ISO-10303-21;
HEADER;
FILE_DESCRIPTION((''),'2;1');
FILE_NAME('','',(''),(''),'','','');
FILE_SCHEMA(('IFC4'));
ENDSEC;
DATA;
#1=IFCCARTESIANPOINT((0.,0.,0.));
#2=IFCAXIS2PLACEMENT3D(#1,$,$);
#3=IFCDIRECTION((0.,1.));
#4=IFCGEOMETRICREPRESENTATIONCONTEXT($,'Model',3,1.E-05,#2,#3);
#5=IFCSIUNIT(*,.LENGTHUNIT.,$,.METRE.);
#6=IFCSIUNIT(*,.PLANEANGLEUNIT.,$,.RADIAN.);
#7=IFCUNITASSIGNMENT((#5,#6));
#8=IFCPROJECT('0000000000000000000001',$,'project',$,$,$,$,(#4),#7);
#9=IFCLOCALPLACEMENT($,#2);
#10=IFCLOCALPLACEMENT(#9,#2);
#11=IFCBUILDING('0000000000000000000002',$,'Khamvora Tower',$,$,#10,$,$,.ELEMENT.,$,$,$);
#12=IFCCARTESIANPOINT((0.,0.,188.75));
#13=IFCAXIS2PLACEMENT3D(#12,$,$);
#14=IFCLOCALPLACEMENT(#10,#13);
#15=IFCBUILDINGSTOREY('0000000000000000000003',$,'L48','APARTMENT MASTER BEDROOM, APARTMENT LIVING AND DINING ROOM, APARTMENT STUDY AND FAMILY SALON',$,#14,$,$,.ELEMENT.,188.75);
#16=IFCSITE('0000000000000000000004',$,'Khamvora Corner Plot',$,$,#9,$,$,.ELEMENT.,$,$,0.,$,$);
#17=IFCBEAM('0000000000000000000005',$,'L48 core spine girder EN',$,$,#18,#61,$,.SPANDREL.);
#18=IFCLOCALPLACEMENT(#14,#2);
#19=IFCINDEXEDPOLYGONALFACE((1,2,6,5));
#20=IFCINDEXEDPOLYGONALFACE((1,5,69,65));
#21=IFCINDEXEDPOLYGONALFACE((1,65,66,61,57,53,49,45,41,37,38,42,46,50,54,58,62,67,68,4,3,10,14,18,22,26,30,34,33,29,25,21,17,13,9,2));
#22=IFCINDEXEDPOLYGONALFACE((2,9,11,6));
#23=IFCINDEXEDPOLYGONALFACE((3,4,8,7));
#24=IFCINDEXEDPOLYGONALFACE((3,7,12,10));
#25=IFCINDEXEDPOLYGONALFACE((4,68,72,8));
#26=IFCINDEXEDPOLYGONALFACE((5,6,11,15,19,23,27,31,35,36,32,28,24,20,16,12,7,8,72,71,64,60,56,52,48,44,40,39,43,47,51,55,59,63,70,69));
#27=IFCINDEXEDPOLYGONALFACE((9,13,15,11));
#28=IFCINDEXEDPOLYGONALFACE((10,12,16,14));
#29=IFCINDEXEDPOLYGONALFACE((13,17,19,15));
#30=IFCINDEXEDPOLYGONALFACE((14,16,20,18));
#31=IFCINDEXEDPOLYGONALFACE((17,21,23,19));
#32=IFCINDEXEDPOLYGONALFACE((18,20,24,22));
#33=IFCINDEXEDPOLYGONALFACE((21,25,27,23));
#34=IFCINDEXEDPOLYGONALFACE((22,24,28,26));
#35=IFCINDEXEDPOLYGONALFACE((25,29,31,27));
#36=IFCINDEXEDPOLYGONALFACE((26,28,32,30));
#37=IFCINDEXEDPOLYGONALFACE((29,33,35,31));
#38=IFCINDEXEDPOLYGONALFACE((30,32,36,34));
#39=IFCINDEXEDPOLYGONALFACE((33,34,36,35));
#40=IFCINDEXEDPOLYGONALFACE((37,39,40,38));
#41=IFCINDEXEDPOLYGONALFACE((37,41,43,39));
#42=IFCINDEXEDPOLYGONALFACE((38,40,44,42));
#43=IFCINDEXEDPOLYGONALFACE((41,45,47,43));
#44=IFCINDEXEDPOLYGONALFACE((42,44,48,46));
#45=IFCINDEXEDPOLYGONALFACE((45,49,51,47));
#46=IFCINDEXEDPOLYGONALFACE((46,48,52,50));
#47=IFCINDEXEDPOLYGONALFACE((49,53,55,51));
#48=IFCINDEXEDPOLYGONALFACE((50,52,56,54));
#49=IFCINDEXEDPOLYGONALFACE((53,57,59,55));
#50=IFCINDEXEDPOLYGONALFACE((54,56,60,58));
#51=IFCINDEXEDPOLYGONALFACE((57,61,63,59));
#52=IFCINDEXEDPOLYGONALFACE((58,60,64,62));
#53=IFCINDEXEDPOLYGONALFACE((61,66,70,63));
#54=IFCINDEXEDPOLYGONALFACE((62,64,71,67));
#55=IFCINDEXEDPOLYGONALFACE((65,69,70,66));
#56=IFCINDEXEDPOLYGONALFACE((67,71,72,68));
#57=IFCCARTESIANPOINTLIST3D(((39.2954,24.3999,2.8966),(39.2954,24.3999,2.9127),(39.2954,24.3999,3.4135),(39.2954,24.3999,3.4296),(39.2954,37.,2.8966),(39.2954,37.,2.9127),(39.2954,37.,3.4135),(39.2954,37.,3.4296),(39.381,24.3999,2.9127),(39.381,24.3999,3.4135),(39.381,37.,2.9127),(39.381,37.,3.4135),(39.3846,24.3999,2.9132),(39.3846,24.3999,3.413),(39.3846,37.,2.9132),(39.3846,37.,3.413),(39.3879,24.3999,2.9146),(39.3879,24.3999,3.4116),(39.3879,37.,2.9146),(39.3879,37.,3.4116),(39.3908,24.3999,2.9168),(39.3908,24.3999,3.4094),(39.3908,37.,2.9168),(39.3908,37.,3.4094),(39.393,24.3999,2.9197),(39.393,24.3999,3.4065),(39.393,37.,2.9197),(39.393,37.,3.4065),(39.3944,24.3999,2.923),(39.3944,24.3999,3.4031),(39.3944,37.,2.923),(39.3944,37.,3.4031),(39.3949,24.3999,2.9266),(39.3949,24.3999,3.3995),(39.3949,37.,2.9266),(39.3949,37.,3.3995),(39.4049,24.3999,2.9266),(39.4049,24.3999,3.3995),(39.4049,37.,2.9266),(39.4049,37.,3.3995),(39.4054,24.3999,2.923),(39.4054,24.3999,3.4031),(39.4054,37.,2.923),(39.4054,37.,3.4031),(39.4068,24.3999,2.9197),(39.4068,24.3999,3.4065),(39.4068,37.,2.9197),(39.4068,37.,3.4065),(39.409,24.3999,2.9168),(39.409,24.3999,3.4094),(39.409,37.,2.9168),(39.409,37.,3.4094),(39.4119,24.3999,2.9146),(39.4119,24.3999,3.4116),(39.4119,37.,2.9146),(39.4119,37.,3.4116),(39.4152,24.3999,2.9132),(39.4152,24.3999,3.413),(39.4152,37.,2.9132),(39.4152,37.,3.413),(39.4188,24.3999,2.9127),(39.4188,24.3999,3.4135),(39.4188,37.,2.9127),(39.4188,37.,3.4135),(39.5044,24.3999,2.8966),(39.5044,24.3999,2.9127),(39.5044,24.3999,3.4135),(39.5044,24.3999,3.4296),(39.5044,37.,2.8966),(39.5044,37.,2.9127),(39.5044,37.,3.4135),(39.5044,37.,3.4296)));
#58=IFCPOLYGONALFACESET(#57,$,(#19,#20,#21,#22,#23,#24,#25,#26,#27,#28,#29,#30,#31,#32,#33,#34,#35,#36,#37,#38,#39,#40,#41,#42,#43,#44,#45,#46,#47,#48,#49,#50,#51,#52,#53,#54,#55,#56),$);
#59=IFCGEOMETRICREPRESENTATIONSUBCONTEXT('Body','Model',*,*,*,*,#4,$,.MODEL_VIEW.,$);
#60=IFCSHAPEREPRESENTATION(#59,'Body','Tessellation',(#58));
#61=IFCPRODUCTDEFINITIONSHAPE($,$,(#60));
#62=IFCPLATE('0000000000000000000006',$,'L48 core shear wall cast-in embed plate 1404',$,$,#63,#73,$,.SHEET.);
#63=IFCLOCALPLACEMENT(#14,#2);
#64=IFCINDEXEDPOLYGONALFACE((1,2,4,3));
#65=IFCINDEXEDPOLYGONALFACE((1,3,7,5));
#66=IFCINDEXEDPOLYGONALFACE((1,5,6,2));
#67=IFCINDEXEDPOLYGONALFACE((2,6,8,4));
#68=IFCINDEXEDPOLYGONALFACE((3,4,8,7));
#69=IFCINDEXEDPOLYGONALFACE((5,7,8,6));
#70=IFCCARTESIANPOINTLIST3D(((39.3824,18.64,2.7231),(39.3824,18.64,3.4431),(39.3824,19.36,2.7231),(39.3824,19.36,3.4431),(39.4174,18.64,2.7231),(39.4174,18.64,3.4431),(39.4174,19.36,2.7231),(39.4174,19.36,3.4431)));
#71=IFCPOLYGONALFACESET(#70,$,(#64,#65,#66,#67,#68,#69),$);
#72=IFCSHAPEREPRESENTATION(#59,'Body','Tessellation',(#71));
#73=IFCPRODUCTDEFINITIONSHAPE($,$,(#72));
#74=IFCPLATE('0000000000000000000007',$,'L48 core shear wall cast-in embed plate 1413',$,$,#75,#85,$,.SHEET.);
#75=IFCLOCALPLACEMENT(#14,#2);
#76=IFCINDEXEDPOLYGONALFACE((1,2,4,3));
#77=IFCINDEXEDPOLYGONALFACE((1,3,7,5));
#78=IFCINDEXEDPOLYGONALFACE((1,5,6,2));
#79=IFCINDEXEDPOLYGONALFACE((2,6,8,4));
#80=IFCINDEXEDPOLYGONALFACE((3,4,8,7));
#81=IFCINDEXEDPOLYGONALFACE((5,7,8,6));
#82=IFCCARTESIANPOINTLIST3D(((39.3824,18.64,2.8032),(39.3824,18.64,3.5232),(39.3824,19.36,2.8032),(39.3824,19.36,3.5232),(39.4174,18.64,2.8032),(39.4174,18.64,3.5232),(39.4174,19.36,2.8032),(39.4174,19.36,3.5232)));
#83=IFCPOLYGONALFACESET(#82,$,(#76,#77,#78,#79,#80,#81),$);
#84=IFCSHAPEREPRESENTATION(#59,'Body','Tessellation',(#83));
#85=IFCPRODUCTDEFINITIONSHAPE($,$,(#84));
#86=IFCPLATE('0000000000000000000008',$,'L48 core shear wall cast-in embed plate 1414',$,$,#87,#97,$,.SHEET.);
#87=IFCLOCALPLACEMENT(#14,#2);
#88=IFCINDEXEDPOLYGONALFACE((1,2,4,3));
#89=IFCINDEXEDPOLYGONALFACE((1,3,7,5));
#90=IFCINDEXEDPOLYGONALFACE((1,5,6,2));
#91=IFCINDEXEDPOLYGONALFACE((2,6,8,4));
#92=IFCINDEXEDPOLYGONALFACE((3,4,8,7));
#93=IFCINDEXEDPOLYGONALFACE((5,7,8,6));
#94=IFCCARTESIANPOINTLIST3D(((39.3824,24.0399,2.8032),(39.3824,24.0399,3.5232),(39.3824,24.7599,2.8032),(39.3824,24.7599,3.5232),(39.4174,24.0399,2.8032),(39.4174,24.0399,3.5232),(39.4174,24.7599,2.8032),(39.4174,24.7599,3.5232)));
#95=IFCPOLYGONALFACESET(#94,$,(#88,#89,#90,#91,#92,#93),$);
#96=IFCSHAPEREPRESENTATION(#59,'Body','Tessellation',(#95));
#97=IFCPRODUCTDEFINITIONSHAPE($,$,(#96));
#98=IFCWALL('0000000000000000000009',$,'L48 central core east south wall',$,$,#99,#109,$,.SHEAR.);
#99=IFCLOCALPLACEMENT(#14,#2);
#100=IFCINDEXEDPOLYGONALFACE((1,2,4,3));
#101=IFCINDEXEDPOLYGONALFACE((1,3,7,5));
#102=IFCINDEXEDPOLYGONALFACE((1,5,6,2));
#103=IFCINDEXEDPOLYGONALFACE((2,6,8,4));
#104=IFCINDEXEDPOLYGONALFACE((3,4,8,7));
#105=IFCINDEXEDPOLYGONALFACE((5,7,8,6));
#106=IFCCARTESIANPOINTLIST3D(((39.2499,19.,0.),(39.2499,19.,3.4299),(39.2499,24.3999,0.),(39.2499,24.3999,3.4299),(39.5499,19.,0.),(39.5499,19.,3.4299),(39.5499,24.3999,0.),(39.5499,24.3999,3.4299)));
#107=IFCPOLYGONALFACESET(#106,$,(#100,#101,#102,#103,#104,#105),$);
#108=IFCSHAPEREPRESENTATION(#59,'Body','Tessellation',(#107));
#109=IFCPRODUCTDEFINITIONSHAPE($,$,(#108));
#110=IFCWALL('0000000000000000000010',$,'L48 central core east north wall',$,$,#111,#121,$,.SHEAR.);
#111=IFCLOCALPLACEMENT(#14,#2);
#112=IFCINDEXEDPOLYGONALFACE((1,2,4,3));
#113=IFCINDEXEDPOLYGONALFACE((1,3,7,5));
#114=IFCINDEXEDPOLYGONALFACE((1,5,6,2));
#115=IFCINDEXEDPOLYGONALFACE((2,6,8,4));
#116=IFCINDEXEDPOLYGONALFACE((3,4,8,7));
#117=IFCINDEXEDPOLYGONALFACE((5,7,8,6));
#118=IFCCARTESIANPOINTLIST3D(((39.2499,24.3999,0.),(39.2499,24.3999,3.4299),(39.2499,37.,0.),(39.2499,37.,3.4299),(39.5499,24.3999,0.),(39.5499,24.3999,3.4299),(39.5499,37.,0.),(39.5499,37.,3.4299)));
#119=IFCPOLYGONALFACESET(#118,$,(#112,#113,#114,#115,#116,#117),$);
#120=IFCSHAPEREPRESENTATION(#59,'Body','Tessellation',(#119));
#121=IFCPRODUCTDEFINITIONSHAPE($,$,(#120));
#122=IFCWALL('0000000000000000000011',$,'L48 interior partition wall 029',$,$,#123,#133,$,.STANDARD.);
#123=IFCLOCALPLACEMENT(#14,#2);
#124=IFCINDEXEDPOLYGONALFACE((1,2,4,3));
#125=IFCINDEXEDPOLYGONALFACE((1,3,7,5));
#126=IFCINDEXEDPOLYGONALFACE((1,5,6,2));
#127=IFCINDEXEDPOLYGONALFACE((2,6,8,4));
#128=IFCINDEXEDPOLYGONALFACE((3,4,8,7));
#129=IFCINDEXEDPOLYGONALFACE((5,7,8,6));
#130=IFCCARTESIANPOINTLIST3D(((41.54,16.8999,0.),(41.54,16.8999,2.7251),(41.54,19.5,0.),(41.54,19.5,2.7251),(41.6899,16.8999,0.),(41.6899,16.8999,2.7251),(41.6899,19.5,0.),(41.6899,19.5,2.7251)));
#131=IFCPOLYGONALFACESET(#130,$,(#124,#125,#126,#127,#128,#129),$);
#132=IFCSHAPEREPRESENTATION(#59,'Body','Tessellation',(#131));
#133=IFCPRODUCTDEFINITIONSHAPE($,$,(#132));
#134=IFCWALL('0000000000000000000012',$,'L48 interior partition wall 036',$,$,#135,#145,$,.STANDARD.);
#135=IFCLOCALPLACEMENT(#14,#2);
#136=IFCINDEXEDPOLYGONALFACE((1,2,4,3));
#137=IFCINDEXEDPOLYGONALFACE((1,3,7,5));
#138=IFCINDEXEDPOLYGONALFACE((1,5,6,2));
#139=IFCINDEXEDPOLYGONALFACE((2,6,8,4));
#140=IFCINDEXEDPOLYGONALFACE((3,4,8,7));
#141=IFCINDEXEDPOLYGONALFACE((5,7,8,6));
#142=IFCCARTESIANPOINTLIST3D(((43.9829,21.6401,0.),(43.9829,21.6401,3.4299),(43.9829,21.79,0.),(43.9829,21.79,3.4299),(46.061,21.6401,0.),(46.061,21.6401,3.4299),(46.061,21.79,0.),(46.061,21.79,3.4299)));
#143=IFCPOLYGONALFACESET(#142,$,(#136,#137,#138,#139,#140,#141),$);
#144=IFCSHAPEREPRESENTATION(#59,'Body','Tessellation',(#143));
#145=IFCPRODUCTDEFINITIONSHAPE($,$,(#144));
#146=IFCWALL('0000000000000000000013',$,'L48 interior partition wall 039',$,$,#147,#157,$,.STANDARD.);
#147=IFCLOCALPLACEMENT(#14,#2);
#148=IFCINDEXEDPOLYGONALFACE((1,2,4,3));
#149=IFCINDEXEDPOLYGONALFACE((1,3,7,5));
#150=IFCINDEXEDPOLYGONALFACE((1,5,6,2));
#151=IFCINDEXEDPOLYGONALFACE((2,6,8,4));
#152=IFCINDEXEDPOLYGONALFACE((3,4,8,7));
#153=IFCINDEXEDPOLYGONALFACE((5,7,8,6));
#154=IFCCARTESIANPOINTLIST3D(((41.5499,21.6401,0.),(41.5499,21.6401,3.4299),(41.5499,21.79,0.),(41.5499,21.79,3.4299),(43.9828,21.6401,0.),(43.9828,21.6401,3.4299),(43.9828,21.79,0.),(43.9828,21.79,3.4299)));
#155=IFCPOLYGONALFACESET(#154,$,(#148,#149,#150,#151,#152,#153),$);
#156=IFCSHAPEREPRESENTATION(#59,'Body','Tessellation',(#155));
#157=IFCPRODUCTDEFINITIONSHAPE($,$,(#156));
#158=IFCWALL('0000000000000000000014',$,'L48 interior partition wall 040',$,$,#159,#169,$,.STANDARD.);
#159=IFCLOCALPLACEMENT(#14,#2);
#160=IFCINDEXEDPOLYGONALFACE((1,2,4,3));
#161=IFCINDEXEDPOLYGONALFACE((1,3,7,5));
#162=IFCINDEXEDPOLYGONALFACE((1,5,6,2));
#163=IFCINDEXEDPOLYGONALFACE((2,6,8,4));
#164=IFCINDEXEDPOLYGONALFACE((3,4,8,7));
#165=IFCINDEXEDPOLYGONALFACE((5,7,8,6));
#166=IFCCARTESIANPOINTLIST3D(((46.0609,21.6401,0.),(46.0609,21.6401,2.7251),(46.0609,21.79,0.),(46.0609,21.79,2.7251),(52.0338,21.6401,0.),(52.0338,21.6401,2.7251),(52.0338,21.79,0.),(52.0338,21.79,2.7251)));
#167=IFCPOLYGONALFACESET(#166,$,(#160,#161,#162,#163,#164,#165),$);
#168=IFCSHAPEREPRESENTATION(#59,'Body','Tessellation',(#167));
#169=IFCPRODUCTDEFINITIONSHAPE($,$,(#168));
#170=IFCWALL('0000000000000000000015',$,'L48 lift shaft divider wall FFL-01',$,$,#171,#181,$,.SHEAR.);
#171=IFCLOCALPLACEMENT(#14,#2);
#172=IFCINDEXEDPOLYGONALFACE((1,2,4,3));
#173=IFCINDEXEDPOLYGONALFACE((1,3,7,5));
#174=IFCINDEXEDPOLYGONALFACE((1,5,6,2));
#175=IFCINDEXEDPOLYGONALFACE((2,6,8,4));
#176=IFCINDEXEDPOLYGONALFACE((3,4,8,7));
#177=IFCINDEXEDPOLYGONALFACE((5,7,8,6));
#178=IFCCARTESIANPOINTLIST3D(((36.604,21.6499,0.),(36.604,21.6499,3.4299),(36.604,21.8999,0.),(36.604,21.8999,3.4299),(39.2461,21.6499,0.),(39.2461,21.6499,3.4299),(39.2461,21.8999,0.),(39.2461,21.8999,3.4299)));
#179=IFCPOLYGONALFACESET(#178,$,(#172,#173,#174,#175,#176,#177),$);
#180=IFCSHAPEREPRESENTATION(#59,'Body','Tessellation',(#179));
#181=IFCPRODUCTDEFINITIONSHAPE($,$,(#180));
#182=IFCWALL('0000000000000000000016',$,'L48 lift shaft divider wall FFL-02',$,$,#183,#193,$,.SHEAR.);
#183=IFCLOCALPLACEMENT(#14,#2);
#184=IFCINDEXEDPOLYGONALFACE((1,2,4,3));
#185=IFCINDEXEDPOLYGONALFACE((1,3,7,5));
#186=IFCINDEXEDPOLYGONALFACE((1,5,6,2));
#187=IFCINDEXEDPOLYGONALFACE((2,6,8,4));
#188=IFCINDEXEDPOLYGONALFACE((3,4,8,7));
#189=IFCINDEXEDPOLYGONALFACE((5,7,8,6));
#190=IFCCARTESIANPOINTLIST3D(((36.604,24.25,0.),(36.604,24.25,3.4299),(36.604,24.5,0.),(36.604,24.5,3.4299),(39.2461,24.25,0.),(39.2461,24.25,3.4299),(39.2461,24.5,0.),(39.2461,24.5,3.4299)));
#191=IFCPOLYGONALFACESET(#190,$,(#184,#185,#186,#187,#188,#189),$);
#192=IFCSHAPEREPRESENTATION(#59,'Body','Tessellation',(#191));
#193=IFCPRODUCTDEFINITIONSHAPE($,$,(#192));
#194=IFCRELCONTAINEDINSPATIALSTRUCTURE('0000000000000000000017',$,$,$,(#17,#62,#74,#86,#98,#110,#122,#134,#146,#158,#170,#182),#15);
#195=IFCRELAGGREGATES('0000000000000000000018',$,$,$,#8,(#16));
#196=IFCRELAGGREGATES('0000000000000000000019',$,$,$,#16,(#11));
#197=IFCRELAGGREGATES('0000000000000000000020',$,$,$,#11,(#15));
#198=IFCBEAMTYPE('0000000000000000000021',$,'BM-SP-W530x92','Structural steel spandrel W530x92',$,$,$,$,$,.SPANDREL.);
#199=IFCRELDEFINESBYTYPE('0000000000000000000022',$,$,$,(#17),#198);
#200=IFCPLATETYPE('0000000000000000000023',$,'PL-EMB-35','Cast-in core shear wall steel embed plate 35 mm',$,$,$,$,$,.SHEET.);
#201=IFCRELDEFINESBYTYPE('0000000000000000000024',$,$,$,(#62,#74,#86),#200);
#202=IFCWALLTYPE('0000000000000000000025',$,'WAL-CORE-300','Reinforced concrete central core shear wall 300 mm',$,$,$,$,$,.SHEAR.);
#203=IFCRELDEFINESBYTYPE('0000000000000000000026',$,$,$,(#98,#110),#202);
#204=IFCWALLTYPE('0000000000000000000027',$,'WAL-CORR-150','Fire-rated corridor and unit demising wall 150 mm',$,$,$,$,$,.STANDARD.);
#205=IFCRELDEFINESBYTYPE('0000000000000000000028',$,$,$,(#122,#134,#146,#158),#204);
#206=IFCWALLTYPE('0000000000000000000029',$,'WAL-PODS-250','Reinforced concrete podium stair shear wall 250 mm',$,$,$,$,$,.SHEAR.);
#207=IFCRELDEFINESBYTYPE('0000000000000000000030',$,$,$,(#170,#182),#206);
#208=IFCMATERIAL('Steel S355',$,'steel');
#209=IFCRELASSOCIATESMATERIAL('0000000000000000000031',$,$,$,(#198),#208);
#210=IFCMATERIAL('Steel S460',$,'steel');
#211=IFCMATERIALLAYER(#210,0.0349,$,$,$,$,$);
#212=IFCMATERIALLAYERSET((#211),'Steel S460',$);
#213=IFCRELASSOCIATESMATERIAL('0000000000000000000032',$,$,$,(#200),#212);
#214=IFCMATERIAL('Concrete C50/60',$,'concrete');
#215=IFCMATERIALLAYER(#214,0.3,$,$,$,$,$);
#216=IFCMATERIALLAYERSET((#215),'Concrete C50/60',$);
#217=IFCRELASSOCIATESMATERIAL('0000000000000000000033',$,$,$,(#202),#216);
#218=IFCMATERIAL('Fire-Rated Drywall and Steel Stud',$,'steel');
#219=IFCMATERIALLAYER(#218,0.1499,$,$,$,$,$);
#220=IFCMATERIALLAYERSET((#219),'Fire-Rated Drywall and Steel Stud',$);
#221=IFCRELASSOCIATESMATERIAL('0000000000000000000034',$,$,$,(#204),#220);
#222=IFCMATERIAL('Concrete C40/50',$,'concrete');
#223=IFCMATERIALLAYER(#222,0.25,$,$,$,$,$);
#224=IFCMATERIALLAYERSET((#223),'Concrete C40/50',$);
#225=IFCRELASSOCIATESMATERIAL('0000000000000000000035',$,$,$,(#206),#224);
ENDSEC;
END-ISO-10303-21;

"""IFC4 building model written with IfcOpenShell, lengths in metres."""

from ifc_helpers import new_model, si_unit, direction, frame, frame_2d, origin, origin_2d, place, context, subcontext, project, spatial, rectangle, i_section, extrude, material, layer, layer_set, material_profile, profile_set, type_object, element, save


model = new_model("IFC4")

# Units and contexts
model_context = context("Model", 3, precision=1e-05, world=origin(), true_north=direction((0.0, 1.0)))
body_context = subcontext(model_context, "Body", "Model", "MODEL_VIEW")
ifc_project = project(units=[si_unit("LENGTHUNIT", "METRE"), si_unit("PLANEANGLEUNIT", "RADIAN")], contexts=[model_context])

# Site, building, storey
site_placement = place(None, origin())
site = spatial("IfcSite", under=ifc_project, at=site_placement, Name="Khamvora Corner Plot", CompositionType="ELEMENT", RefElevation=0.0)
building_placement = place(site_placement, origin())
building = spatial("IfcBuilding", under=site, at=building_placement, Name="Khamvora Tower", CompositionType="ELEMENT")
storey_placement = place(building_placement, frame((0.0, 0.0, 188.75)))
storey = spatial("IfcBuildingStorey", under=building, at=storey_placement, Name="L48", Description="APARTMENT MASTER BEDROOM, APARTMENT LIVING AND DINING ROOM, APARTMENT STUDY AND FAMILY SALON", CompositionType="ELEMENT", Elevation=188.75)

# Shared definitions
ifc_material_1 = material(Name="Steel S460", Category="steel")

# Beam
ifc_material_2 = material(Name="Steel S355", Category="steel")
ifc_material_profile_1 = material_profile(ifc_material_2, i_section(OverallWidth=0.209, OverallDepth=0.533, WebThickness=0.01, FlangeThickness=0.0161, FilletRadius=0.0139, at=origin_2d()), Name="W530x92")
ifc_profile_set_1 = profile_set([ifc_material_profile_1], Name="Steel S355")
beam_type_1 = type_object("IfcBeamType", Name="BM-SP-W530x92", Description="Structural steel spandrel W530x92", PredefinedType="SPANDREL", material=ifc_profile_set_1)
beam_1_placement = place(storey_placement, frame((39.3999, 24.3999, 3.1631), z_axis=(0.0, 1.0, 0.0), x_axis=(-1.0, 0.0, 0.0)))
element("IfcBeam", 1, at=beam_1_placement, inside=storey, type_object=beam_type_1, Name="L48 core spine girder EN", PredefinedType="SPANDREL", context=body_context, shape_type="SweptSolid", body=[
    extrude(i_section(OverallWidth=0.209, OverallDepth=0.533, WebThickness=0.01, FlangeThickness=0.0161, FilletRadius=0.0139, at=origin_2d()), origin(), (0.0, 0.0, 1.0), 12.6001),
])

# Plates
ifc_layer_1 = layer(ifc_material_1, 0.0349)
ifc_layer_set_1 = layer_set([ifc_layer_1], Name="Steel S460")
plate_type = type_object("IfcPlateType", Name="PL-EMB-35", Description="Cast-in core shear wall steel embed plate 35 mm", PredefinedType="SHEET", material=ifc_layer_set_1)
for number, where, z_axis, x_axis, name in (
    (2, (39.3999, 19.0, 2.7231), (0.0, 0.0, 1.0), (1.0, 0.0, 0.0), "L48 core shear wall cast-in embed plate 1404"),
    (3, (39.3999, 19.0, 2.8032), (0.0, 0.0, 1.0), (1.0, 0.0, 0.0), "L48 core shear wall cast-in embed plate 1413"),
    (4, (39.3999, 24.3999, 2.8032), (0.0, 0.0, 1.0), (1.0, 0.0, 0.0), "L48 core shear wall cast-in embed plate 1414"),
):
    element("IfcPlate", number, at=place(storey_placement, frame(where, z_axis=z_axis, x_axis=x_axis)), inside=storey, type_object=plate_type, Name=name, PredefinedType="SHEET", context=body_context, shape_type="SweptSolid", body=[
        extrude(rectangle(XDim=0.0349, YDim=0.72, at=origin_2d()), origin(), (0.0, 0.0, 1.0), 0.72),
    ])

# Walls
ifc_material_3 = material(Name="Concrete C50/60", Category="concrete")
ifc_layer_2 = layer(ifc_material_3, 0.3)
ifc_layer_set_2 = layer_set([ifc_layer_2], Name="Concrete C50/60")
wall_type_1 = type_object("IfcWallType", Name="WAL-CORE-300", Description="Reinforced concrete central core shear wall 300 mm", PredefinedType="SHEAR", material=ifc_layer_set_2)
wall_1_placement = place(storey_placement, frame((39.3999, 19.0, 0.0), z_axis=(0.0, 0.0, 1.0), x_axis=(0.0, 1.0, 0.0)))
element("IfcWall", 5, at=wall_1_placement, inside=storey, type_object=wall_type_1, Name="L48 central core east south wall", PredefinedType="SHEAR", context=body_context, shape_type="SweptSolid", body=[
    extrude(rectangle(XDim=5.3999, YDim=0.3, at=frame_2d((2.7, 0.0))), origin(), (0.0, 0.0, 1.0), 3.4299),
])
wall_2_placement = place(storey_placement, frame((39.3999, 24.3999, 0.0), z_axis=(0.0, 0.0, 1.0), x_axis=(0.0, 1.0, 0.0)))
element("IfcWall", 6, at=wall_2_placement, inside=storey, type_object=wall_type_1, Name="L48 central core east north wall", PredefinedType="SHEAR", context=body_context, shape_type="SweptSolid", body=[
    extrude(rectangle(XDim=12.6001, YDim=0.3, at=frame_2d((6.3, 0.0))), origin(), (0.0, 0.0, 1.0), 3.4299),
])

# Walls
ifc_material_4 = material(Name="Fire-Rated Drywall and Steel Stud", Category="steel")
ifc_layer_3 = layer(ifc_material_4, 0.1499)
ifc_layer_set_3 = layer_set([ifc_layer_3], Name="Fire-Rated Drywall and Steel Stud")
wall_type_2 = type_object("IfcWallType", Name="WAL-CORR-150", Description="Fire-rated corridor and unit demising wall 150 mm", PredefinedType="STANDARD", material=ifc_layer_set_3)
wall_3_placement = place(storey_placement, frame((41.615, 19.5, 0.0), z_axis=(0.0, 0.0, 1.0), x_axis=(0.0, -1.0, 0.0)))
element("IfcWall", 7, at=wall_3_placement, inside=storey, type_object=wall_type_2, Name="L48 interior partition wall 029", PredefinedType="STANDARD", context=body_context, shape_type="SweptSolid", body=[
    extrude(rectangle(XDim=2.6001, YDim=0.1499, at=frame_2d((1.3, 0.0))), origin(), (0.0, 0.0, 1.0), 2.7251),
])
wall_4_placement = place(storey_placement, frame((43.9829, 21.7151, 0.0), z_axis=(0.0, 0.0, 1.0), x_axis=(1.0, 0.0, 0.0)))
element("IfcWall", 8, at=wall_4_placement, inside=storey, type_object=wall_type_2, Name="L48 interior partition wall 036", PredefinedType="STANDARD", context=body_context, shape_type="SweptSolid", body=[
    extrude(rectangle(XDim=2.0781, YDim=0.1499, at=frame_2d((1.0391, 0.0))), origin(), (0.0, 0.0, 1.0), 3.4299),
])
wall_5_placement = place(storey_placement, frame((41.55, 21.7151, 0.0), z_axis=(0.0, 0.0, 1.0), x_axis=(1.0, 0.0, 0.0)))
element("IfcWall", 9, at=wall_5_placement, inside=storey, type_object=wall_type_2, Name="L48 interior partition wall 039", PredefinedType="STANDARD", context=body_context, shape_type="SweptSolid", body=[
    extrude(rectangle(XDim=2.4329, YDim=0.1499, at=frame_2d((1.2163, 0.0))), origin(), (0.0, 0.0, 1.0), 3.4299),
])
wall_6_placement = place(storey_placement, frame((46.061, 21.7151, 0.0), z_axis=(0.0, 0.0, 1.0), x_axis=(1.0, 0.0, 0.0)))
element("IfcWall", 10, at=wall_6_placement, inside=storey, type_object=wall_type_2, Name="L48 interior partition wall 040", PredefinedType="STANDARD", context=body_context, shape_type="SweptSolid", body=[
    extrude(rectangle(XDim=5.9729, YDim=0.1499, at=frame_2d((2.9863, 0.0))), origin(), (0.0, 0.0, 1.0), 2.7251),
])
ifc_material_5 = material(Name="Concrete C40/50", Category="concrete")
ifc_layer_4 = layer(ifc_material_5, 0.25)
ifc_layer_set_4 = layer_set([ifc_layer_4], Name="Concrete C40/50")
wall_type_3 = type_object("IfcWallType", Name="WAL-PODS-250", Description="Reinforced concrete podium stair shear wall 250 mm", PredefinedType="SHEAR", material=ifc_layer_set_4)
for number, where, z_axis, x_axis, name in (
    (11, (36.604, 21.7749, 0.0), (0.0, 0.0, 1.0), (1.0, 0.0, 0.0), "L48 lift shaft divider wall FFL-01"),
    (12, (36.604, 24.375, 0.0), (0.0, 0.0, 1.0), (1.0, 0.0, 0.0), "L48 lift shaft divider wall FFL-02"),
):
    element("IfcWall", number, at=place(storey_placement, frame(where, z_axis=z_axis, x_axis=x_axis)), inside=storey, type_object=wall_type_3, Name=name, PredefinedType="SHEAR", context=body_context, shape_type="SweptSolid", body=[
        extrude(rectangle(XDim=2.6421, YDim=0.25, at=frame_2d((1.321, 0.0))), origin(), (0.0, 0.0, 1.0), 3.4299),
    ])

save(model, "model.ifc")
